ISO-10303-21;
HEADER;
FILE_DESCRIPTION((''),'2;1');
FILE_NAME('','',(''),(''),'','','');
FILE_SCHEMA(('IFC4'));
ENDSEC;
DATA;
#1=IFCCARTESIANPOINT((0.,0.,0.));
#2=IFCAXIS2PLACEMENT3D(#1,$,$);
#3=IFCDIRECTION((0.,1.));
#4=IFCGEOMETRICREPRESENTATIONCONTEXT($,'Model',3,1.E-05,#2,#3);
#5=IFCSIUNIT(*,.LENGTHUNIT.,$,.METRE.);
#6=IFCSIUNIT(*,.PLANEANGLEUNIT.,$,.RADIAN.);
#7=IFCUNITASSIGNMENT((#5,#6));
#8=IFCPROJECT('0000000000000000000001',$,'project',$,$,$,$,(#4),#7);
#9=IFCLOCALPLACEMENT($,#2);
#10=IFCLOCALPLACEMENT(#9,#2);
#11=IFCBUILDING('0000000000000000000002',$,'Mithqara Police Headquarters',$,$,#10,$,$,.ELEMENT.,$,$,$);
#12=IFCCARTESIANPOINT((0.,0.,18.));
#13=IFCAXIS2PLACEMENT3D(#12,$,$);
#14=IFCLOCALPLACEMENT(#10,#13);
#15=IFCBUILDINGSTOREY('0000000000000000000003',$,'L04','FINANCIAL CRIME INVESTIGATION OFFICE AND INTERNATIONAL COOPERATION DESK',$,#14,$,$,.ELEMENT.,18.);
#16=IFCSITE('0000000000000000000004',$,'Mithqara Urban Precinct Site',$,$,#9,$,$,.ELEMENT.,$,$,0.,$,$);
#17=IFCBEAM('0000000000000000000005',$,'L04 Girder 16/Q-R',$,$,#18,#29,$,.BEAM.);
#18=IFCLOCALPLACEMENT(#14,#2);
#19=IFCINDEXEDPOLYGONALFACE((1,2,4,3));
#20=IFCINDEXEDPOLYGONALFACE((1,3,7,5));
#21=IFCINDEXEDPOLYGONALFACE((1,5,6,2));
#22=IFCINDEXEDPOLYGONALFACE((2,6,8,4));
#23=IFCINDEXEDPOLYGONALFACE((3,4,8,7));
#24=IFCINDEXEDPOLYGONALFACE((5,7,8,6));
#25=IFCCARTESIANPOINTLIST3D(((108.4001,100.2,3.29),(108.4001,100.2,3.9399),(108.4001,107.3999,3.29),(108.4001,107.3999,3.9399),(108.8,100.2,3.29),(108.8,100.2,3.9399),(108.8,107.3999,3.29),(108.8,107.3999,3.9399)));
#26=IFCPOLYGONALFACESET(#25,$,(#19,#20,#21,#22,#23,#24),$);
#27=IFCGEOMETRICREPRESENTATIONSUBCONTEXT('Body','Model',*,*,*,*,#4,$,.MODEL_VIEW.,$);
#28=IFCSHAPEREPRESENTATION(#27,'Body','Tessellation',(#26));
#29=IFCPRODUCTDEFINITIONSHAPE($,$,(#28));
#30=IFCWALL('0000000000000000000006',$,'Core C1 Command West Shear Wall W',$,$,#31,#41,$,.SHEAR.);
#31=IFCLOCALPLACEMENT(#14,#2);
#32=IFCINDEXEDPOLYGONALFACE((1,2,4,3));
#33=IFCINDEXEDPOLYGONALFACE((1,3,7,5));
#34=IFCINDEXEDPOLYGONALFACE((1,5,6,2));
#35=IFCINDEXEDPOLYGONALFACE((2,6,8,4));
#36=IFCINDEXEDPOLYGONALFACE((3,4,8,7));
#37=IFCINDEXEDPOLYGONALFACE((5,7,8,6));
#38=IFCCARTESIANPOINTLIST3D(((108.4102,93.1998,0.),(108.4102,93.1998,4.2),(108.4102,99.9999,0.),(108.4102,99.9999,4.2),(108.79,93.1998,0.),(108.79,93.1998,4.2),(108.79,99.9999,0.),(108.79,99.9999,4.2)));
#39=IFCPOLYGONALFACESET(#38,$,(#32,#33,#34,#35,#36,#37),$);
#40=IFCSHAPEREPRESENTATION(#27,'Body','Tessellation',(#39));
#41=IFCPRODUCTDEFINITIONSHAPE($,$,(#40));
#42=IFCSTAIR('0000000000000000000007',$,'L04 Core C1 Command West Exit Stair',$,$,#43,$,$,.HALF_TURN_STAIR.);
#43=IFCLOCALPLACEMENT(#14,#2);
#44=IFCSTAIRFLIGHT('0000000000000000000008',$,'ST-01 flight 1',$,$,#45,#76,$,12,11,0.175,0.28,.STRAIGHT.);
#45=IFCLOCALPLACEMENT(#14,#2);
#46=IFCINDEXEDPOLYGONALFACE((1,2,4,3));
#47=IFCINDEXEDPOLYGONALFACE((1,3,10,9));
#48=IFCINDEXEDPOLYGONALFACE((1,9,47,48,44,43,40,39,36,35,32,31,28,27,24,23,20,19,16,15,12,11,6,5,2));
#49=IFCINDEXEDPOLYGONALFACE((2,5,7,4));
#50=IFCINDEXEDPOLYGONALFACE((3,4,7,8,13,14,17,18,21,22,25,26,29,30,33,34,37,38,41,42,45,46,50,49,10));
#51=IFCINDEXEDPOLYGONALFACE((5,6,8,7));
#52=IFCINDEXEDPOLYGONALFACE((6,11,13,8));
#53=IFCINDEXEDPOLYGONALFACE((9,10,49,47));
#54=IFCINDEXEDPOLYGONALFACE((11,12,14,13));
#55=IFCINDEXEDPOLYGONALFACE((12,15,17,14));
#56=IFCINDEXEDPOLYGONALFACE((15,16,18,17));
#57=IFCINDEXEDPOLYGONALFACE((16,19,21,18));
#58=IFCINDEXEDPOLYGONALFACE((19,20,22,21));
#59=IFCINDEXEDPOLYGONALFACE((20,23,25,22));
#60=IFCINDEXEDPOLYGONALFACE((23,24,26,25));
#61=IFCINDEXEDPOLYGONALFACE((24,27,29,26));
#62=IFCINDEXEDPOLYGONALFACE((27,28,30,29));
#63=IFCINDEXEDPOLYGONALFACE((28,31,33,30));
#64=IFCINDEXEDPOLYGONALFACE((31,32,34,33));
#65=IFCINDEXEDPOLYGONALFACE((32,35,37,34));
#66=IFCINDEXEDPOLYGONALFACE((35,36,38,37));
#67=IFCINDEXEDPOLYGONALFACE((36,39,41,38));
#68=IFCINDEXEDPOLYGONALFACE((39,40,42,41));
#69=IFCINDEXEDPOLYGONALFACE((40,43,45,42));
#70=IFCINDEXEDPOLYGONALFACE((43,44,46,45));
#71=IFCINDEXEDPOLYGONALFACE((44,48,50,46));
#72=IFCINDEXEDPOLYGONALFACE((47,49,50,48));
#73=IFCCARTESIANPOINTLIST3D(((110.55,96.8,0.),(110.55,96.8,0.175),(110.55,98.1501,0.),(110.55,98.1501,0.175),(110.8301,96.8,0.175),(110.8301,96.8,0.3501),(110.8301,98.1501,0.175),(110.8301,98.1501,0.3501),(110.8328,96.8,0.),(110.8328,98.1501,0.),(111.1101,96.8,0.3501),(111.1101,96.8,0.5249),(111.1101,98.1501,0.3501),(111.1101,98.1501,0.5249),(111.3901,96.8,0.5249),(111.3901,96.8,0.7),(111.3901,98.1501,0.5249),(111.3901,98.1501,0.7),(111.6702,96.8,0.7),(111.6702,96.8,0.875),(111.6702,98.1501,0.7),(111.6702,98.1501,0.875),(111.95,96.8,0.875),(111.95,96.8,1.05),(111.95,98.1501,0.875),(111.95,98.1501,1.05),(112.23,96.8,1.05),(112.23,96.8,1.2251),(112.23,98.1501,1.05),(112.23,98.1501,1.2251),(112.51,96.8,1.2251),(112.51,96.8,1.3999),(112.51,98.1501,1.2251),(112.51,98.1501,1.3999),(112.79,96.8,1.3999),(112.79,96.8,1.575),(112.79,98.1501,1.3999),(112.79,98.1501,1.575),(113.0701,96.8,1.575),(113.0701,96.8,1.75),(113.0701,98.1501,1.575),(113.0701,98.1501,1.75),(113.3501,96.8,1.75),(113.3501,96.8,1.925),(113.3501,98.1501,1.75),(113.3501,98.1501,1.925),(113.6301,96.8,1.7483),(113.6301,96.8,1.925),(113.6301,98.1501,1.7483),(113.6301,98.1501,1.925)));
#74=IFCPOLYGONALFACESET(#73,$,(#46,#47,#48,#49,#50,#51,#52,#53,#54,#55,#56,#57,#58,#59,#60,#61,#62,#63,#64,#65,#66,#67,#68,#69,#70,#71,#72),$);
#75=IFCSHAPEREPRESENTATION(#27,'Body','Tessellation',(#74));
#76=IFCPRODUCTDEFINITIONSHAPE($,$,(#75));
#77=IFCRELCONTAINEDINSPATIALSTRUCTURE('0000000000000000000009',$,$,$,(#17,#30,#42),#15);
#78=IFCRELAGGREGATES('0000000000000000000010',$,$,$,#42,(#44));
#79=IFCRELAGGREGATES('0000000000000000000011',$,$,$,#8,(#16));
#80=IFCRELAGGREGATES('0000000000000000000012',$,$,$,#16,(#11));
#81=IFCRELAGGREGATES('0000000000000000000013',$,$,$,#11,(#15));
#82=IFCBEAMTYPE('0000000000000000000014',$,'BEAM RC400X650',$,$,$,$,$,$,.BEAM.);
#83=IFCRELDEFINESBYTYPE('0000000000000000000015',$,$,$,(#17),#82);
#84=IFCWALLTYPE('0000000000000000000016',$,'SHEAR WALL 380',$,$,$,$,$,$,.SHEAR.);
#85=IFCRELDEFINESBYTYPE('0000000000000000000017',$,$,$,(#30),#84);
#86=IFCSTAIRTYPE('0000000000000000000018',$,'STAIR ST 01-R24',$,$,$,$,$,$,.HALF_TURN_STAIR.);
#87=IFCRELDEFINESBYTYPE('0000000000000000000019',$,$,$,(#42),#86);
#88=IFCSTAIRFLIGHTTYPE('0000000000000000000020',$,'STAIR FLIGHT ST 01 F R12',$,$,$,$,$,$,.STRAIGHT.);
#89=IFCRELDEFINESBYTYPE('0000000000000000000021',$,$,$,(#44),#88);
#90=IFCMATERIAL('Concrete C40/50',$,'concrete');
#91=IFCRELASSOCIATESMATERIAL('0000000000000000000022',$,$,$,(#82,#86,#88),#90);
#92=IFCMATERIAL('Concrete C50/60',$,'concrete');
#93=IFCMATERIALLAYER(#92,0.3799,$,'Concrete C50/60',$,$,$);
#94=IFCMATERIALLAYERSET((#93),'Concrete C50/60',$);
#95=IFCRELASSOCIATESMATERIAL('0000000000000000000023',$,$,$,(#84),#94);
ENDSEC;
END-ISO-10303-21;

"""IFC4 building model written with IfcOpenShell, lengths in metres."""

from ifc_helpers import new_model, si_unit, direction, frame, frame_2d, origin, origin_2d, place, context, subcontext, project, spatial, polyline, rectangle, outline, extrude, material, layer, layer_set, material_profile, profile_set, type_object, element, aggregate, save


model = new_model("IFC4")

# Units and contexts
model_context = context("Model", 3, precision=1e-05, world=origin(), true_north=direction((0.0, 1.0)))
body_context = subcontext(model_context, "Body", "Model", "MODEL_VIEW")
ifc_project = project(units=[si_unit("LENGTHUNIT", "METRE"), si_unit("PLANEANGLEUNIT", "RADIAN")], contexts=[model_context])

# Site, building, storey
site_placement = place(None, origin())
site = spatial("IfcSite", under=ifc_project, at=site_placement, Name="Mithqara Urban Precinct Site", CompositionType="ELEMENT", RefElevation=0.0)
building_placement = place(site_placement, origin())
building = spatial("IfcBuilding", under=site, at=building_placement, Name="Mithqara Police Headquarters", CompositionType="ELEMENT")
storey_placement = place(building_placement, frame((0.0, 0.0, 18.0)))
storey = spatial("IfcBuildingStorey", under=building, at=storey_placement, Name="L04", Description="FINANCIAL CRIME INVESTIGATION OFFICE AND INTERNATIONAL COOPERATION DESK", CompositionType="ELEMENT", Elevation=18.0)

# Beam
ifc_material_1 = material(Name="Concrete C40/50", Category="concrete")
ifc_material_profile_1 = material_profile(ifc_material_1, rectangle(XDim=0.3999, YDim=0.6499, at=origin_2d()), Name="RC 400x650")
ifc_profile_set_1 = profile_set([ifc_material_profile_1], Name="Concrete C40/50")
beam_type_1 = type_object("IfcBeamType", Name="BEAM RC400X650", PredefinedType="BEAM", material=ifc_profile_set_1)
beam_1_placement = place(storey_placement, frame((108.6001, 100.2, 3.615), z_axis=(0.0, 1.0, 0.0), x_axis=(-1.0, 0.0, 0.0)))
element("IfcBeam", 1, at=beam_1_placement, inside=storey, type_object=beam_type_1, Name="L04 Girder 16/Q-R", PredefinedType="BEAM", context=body_context, shape_type="SweptSolid", body=[
    extrude(rectangle(XDim=0.3999, YDim=0.6499, at=origin_2d()), origin(), (0.0, 0.0, 1.0), 7.2),
])

# Wall
ifc_material_2 = material(Name="Concrete C50/60", Category="concrete")
ifc_layer = layer(ifc_material_2, 0.3799, Name="Concrete C50/60")
ifc_layer_set = layer_set([ifc_layer], Name="Concrete C50/60")
wall_type = type_object("IfcWallType", Name="SHEAR WALL 380", PredefinedType="SHEAR", material=ifc_layer_set)
wall_1_placement = place(storey_placement, frame((108.6001, 93.2, 0.0), z_axis=(0.0, 0.0, 1.0), x_axis=(0.0, 1.0, 0.0)))
element("IfcWall", 2, at=wall_1_placement, inside=storey, type_object=wall_type, Name="Core C1 Command West Shear Wall W", PredefinedType="SHEAR", context=body_context, shape_type="SweptSolid", body=[
    extrude(rectangle(XDim=6.8, YDim=0.3799, at=frame_2d((3.3999, 0.0))), origin(), (0.0, 0.0, 1.0), 4.2),
])

# Stair, stair flight
stair_type = type_object("IfcStairType", Name="STAIR ST 01-R24", PredefinedType="HALF_TURN_STAIR", material=ifc_material_1)
stair_placement = place(storey_placement, origin())
stair = element("IfcStair", 3, at=stair_placement, inside=storey, type_object=stair_type, Name="L04 Core C1 Command West Exit Stair", PredefinedType="HALF_TURN_STAIR")
stair_flight_type = type_object("IfcStairFlightType", Name="STAIR FLIGHT ST 01 F R12", PredefinedType="STRAIGHT", material=ifc_material_1)
stair_flight_placement = place(storey_placement, frame((110.55, 97.4751, 0.0), z_axis=(0.0, 0.0, 1.0), x_axis=(1.0, 0.0, 0.0)))
stair_flight = element("IfcStairFlight", 4, at=stair_flight_placement, type_object=stair_flight_type, Name="ST-01 flight 1", NumberOfRisers=12, NumberOfTreads=11, PredefinedType="STRAIGHT", RiserHeight=0.175, TreadLength=0.28, context=body_context, shape_type="SweptSolid", body=[
    extrude(outline(polyline([(0.0, 0.0), (0.0, 0.175), (0.28, 0.175), (0.28, 0.3501), (0.5601, 0.3501), (0.5601, 0.5249), (0.8401, 0.5249), (0.8401, 0.7), (1.1201, 0.7), (1.1201, 0.875), (1.3999, 0.875), (1.3999, 1.05), (1.6799, 1.05), (1.6799, 1.2251), (1.96, 1.2251), (1.96, 1.3999), (2.24, 1.3999), (2.24, 1.575), (2.52, 1.575), (2.52, 1.75), (2.8, 1.75), (2.8, 1.925), (3.0801, 1.925), (3.0801, 2.1001), (3.0801, 1.7483), (0.2827, 0.0), (0.0, 0.0)])), frame((0.0, 0.675, 0.0), z_axis=(0.0, -1.0, 0.0), x_axis=(1.0, 0.0, 0.0)), (0.0, 0.0, 1.0), 1.3501),
])
aggregate(stair, [stair_flight])

save(model, "model.ifc")
